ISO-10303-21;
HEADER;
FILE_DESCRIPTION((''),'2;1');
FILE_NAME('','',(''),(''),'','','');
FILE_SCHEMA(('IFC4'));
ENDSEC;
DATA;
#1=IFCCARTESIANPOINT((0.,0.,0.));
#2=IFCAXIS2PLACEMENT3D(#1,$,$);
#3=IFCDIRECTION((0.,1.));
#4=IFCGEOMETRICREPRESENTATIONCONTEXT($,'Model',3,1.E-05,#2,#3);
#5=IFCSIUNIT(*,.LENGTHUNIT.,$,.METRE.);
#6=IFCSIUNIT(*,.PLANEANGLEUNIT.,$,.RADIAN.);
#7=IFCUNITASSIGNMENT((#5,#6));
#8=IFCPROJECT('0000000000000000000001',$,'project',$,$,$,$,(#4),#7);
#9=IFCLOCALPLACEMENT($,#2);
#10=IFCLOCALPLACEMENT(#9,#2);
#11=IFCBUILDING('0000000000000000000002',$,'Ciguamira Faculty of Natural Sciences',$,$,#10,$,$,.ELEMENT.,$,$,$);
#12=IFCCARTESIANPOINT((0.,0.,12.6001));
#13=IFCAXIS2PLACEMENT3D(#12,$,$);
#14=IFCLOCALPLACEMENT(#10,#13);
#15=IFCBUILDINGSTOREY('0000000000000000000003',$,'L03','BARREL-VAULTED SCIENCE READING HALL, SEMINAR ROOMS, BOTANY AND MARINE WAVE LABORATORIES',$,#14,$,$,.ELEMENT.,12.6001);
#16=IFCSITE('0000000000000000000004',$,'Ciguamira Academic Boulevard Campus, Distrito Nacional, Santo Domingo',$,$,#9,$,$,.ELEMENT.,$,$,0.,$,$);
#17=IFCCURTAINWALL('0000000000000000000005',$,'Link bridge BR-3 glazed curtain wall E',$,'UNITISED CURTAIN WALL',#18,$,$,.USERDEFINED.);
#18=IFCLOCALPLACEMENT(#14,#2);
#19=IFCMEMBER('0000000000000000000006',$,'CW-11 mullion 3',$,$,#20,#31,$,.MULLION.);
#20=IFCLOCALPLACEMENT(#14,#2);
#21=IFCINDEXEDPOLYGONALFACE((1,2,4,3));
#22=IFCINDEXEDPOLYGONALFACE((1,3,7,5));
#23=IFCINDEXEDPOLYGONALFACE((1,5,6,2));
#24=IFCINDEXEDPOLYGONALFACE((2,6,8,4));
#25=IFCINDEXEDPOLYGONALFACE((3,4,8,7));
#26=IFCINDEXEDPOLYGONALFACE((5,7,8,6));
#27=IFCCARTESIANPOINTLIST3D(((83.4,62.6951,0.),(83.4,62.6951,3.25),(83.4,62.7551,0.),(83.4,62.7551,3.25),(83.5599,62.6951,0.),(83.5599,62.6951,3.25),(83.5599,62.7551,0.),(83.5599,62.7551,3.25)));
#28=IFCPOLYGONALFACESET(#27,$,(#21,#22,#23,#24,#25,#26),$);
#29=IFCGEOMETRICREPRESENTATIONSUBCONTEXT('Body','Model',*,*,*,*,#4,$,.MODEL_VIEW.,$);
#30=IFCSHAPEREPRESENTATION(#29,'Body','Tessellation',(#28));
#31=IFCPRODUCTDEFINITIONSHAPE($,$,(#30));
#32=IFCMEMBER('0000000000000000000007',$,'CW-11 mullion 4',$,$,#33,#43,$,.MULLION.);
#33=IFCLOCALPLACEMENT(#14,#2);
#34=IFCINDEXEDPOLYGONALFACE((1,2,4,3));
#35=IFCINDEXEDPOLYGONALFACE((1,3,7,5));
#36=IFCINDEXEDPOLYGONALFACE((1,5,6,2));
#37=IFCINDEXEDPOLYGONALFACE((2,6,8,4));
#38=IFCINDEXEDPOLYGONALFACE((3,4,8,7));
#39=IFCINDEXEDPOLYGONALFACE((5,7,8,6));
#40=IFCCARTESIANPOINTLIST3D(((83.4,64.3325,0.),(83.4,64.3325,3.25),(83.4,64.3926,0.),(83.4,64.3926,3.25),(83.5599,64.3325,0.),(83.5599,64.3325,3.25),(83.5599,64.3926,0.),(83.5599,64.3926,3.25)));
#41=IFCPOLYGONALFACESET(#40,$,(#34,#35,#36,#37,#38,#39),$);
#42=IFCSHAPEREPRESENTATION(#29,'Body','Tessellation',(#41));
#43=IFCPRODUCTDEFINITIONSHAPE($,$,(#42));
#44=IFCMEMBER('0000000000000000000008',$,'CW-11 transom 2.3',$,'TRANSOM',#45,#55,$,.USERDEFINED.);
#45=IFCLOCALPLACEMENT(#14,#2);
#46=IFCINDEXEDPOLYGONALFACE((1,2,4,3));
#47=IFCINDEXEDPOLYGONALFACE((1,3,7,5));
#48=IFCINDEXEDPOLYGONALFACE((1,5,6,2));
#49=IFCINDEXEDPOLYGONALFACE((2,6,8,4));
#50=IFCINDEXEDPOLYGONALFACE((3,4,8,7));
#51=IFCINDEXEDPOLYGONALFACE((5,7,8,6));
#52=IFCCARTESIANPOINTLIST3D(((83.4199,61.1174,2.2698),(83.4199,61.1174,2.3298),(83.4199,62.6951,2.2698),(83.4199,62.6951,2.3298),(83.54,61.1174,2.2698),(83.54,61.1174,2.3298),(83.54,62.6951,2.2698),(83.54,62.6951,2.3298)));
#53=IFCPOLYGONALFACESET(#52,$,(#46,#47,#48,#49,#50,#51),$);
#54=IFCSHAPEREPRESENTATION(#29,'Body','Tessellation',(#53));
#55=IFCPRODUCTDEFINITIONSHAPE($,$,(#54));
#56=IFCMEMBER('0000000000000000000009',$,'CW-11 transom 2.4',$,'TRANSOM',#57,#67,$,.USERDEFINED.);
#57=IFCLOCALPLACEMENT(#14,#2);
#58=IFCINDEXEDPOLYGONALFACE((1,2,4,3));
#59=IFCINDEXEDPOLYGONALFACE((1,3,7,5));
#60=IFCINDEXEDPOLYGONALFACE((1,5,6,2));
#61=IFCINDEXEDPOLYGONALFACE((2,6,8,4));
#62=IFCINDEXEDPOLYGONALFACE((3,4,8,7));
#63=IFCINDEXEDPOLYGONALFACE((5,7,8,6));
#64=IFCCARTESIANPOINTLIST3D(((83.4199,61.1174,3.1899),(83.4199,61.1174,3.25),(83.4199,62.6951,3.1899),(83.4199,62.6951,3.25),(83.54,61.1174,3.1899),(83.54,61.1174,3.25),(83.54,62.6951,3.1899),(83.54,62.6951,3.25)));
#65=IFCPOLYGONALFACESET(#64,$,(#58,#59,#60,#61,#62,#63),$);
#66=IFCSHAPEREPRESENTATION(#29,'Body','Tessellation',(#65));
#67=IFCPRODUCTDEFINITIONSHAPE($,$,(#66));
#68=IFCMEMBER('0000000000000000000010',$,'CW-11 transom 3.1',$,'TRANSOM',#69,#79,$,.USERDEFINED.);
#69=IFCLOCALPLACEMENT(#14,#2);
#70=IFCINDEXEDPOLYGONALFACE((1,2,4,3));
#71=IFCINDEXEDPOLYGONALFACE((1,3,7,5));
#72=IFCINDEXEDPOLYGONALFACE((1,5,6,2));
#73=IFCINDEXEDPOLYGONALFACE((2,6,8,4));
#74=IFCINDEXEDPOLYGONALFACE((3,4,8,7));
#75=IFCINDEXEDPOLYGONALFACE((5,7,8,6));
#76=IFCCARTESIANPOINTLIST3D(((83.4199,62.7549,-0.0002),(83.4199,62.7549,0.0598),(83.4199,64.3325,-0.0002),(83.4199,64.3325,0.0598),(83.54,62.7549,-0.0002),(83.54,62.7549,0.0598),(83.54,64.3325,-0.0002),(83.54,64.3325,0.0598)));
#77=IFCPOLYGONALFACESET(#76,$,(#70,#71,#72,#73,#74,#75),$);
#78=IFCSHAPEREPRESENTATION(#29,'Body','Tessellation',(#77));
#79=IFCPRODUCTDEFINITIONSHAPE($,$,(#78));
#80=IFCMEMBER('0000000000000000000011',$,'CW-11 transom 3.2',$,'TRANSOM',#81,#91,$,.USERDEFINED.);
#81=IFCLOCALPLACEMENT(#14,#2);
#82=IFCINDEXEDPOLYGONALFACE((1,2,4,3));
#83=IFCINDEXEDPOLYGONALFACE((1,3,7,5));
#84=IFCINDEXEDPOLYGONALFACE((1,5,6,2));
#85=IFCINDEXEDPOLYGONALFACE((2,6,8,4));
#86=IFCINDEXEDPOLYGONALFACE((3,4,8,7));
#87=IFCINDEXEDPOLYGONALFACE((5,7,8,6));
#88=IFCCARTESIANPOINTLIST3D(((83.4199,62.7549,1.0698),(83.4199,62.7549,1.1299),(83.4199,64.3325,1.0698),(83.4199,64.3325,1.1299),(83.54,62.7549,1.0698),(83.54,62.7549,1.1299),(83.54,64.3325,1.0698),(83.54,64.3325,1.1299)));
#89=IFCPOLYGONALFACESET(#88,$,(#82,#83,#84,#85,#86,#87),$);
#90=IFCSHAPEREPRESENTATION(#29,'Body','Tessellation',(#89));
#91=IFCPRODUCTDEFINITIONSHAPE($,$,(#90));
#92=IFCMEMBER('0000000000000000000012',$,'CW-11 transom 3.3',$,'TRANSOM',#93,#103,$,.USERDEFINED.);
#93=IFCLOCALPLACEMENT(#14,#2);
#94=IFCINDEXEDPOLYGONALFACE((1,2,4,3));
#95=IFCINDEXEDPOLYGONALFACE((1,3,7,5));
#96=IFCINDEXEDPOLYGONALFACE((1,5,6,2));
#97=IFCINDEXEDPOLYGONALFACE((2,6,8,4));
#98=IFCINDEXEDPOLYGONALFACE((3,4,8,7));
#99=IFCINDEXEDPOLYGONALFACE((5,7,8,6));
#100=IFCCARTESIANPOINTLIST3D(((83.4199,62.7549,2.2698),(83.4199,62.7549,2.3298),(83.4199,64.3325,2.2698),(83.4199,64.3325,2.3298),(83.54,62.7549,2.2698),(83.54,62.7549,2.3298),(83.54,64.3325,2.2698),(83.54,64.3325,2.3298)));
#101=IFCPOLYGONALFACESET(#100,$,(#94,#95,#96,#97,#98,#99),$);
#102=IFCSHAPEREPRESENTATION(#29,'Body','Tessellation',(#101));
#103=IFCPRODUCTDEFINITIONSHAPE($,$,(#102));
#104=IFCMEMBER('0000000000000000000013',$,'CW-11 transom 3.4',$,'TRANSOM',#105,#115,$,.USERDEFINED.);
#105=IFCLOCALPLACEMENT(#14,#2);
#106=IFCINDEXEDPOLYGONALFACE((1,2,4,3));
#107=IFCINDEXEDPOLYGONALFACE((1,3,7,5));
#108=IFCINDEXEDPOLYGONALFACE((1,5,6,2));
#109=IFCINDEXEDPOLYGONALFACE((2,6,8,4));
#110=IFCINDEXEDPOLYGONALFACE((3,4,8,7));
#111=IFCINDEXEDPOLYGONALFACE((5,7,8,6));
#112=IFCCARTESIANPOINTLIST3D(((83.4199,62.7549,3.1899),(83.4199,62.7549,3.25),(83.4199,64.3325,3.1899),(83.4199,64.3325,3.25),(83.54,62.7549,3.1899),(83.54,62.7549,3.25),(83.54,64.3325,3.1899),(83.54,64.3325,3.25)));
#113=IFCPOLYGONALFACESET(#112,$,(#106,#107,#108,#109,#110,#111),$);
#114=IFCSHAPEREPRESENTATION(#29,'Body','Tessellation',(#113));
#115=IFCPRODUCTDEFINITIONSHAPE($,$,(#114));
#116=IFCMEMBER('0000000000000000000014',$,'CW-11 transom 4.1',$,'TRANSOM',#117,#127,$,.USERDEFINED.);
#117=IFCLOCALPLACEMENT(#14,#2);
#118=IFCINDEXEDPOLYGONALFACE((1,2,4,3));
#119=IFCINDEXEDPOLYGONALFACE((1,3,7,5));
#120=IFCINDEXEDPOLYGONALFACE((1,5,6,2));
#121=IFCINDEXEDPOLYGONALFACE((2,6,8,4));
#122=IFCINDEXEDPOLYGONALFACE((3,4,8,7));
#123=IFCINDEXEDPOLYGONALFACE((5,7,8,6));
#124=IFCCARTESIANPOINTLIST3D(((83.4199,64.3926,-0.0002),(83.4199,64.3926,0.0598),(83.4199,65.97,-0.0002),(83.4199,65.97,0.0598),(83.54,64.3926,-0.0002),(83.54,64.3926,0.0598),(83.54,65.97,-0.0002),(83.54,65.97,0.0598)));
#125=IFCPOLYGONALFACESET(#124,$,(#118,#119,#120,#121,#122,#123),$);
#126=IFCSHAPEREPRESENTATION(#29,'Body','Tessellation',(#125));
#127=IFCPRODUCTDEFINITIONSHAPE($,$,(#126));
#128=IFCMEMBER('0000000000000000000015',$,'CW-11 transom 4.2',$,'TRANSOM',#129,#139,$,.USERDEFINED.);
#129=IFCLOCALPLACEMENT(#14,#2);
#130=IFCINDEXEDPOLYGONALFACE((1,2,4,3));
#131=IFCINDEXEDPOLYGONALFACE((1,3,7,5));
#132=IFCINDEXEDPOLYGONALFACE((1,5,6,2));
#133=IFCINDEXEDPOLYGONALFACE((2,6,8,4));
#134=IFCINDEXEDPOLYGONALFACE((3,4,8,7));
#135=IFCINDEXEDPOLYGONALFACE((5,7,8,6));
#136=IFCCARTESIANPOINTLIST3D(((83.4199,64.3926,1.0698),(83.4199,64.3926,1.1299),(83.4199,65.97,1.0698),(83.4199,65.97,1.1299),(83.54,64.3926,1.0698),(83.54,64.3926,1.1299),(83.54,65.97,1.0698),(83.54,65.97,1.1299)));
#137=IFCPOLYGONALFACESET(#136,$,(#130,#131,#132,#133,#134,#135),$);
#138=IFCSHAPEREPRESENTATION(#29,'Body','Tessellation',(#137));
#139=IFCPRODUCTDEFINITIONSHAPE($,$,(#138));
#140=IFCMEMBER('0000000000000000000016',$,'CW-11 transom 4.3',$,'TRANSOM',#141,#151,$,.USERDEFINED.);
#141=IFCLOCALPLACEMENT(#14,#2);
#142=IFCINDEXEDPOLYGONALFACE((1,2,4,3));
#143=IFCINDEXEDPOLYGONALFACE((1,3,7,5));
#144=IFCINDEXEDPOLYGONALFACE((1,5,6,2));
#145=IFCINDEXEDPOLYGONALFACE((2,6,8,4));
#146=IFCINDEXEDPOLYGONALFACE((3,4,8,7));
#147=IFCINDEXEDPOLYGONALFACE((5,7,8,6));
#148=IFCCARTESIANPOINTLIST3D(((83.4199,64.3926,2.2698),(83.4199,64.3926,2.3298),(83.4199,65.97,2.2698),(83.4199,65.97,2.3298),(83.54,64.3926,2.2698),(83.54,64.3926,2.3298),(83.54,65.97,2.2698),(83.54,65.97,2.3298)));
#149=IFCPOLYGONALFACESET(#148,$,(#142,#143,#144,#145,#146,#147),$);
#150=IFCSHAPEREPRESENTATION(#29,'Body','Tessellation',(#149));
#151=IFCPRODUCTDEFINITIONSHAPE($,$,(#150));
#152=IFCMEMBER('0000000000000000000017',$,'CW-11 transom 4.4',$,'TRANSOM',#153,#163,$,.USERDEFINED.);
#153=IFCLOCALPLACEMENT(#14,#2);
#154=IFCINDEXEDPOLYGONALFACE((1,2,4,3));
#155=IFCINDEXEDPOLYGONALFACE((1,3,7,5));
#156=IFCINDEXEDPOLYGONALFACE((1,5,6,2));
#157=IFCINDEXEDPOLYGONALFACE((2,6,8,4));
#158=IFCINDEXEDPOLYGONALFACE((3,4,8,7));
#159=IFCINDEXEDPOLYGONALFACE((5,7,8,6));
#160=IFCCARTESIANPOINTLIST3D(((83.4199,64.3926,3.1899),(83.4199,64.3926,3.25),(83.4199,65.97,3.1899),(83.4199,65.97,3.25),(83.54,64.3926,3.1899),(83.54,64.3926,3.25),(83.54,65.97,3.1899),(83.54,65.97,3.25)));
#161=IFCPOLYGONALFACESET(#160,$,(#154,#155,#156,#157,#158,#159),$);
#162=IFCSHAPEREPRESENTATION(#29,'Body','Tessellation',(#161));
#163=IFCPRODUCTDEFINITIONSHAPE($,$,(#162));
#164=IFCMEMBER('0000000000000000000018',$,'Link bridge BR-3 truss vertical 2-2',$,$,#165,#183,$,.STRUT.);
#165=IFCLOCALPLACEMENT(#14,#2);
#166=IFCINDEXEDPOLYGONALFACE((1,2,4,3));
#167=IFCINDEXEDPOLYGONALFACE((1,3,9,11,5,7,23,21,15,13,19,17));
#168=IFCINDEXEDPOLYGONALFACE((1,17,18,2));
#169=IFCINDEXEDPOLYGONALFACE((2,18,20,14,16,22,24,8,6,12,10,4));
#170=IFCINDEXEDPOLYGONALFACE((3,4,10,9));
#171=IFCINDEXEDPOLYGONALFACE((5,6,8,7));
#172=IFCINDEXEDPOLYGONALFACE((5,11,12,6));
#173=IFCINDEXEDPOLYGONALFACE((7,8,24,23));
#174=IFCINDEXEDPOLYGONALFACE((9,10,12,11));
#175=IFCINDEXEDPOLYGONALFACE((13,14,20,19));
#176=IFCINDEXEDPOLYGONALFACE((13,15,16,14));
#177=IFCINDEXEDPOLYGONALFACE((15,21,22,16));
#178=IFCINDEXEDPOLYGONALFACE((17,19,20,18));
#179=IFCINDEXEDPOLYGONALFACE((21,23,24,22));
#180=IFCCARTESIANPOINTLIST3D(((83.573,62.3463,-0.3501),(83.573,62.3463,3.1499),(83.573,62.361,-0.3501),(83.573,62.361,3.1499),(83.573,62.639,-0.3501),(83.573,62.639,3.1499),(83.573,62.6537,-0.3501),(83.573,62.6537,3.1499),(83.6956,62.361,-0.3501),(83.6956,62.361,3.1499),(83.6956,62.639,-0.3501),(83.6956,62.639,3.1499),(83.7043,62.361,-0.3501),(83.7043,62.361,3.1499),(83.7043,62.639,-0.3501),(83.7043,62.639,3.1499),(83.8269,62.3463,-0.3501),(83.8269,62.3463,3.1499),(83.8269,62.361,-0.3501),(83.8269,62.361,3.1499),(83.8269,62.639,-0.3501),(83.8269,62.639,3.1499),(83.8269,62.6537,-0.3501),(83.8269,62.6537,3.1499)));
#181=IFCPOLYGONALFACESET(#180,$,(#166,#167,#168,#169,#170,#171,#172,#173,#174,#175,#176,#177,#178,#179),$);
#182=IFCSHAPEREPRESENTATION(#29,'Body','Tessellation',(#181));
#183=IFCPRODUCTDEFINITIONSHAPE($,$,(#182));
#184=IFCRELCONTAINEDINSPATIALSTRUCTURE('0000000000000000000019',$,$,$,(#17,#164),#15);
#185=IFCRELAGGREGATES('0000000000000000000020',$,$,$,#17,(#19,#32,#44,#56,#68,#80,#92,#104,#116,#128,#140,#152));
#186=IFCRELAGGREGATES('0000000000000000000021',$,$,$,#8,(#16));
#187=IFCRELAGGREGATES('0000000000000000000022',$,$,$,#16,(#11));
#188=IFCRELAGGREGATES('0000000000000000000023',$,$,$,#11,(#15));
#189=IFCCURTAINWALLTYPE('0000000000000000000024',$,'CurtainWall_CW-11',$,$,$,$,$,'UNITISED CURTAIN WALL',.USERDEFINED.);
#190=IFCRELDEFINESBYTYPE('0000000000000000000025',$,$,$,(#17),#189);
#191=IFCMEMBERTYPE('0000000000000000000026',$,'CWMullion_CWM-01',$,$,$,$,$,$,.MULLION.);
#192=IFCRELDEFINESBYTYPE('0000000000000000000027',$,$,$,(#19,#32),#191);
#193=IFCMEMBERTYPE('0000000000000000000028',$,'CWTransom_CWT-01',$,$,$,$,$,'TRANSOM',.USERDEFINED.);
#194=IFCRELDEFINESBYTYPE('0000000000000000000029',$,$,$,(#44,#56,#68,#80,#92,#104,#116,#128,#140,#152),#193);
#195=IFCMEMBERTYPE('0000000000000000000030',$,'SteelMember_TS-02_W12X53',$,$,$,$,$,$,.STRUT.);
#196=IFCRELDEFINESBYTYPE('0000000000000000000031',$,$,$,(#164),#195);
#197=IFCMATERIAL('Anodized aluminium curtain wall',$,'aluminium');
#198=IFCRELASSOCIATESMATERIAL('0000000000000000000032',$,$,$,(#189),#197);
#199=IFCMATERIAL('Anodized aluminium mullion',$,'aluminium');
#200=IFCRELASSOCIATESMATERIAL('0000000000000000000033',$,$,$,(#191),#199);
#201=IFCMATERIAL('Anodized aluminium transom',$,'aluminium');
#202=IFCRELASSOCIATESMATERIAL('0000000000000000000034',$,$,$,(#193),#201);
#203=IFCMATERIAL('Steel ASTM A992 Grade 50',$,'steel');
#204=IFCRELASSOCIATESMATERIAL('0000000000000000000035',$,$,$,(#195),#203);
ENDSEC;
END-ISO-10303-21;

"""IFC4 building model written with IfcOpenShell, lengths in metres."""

from ifc_helpers import new_model, si_unit, direction, frame, origin, origin_2d, place, context, subcontext, project, spatial, rectangle, i_section, extrude, material, material_profile, profile_set, type_object, element, aggregate, save


model = new_model("IFC4")

# Units and contexts
model_context = context("Model", 3, precision=1e-05, world=origin(), true_north=direction((0.0, 1.0)))
body_context = subcontext(model_context, "Body", "Model", "MODEL_VIEW")
ifc_project = project(units=[si_unit("LENGTHUNIT", "METRE"), si_unit("PLANEANGLEUNIT", "RADIAN")], contexts=[model_context])

# Site, building, storey
site_placement = place(None, origin())
site = spatial("IfcSite", under=ifc_project, at=site_placement, Name="Ciguamira Academic Boulevard Campus, Distrito Nacional, Santo Domingo", CompositionType="ELEMENT", RefElevation=0.0)
building_placement = place(site_placement, origin())
building = spatial("IfcBuilding", under=site, at=building_placement, Name="Ciguamira Faculty of Natural Sciences", CompositionType="ELEMENT")
storey_placement = place(building_placement, frame((0.0, 0.0, 12.6001)))
storey = spatial("IfcBuildingStorey", under=building, at=storey_placement, Name="L03", Description="BARREL-VAULTED SCIENCE READING HALL, SEMINAR ROOMS, BOTANY AND MARINE WAVE LABORATORIES", CompositionType="ELEMENT", Elevation=12.6001)

# Curtain wall, members
ifc_material_1 = material(Name="Anodized aluminium curtain wall", Category="aluminium")
curtain_wall_type = type_object("IfcCurtainWallType", Name="CurtainWall_CW-11", ElementType="UNITISED CURTAIN WALL", PredefinedType="USERDEFINED", material=ifc_material_1)
curtain_wall_placement = place(storey_placement, origin())
curtain_wall = element("IfcCurtainWall", 1, at=curtain_wall_placement, inside=storey, type_object=curtain_wall_type, Name="Link bridge BR-3 glazed curtain wall E", ObjectType="UNITISED CURTAIN WALL", PredefinedType="USERDEFINED")
ifc_material_2 = material(Name="Anodized aluminium mullion", Category="aluminium")
ifc_material_profile_1 = material_profile(ifc_material_2, rectangle(XDim=0.0601, YDim=0.1599, at=origin_2d()), Name="ALU-MUL-60X160")
ifc_profile_set_1 = profile_set([ifc_material_profile_1], Name="Anodized aluminium mullion")
member_type_1 = type_object("IfcMemberType", Name="CWMullion_CWM-01", PredefinedType="MULLION", material=ifc_profile_set_1)
member_1_placement = place(storey_placement, frame((83.48, 62.7251, 0.0), z_axis=(0.0, 0.0, 1.0), x_axis=(0.0, 1.0, 0.0)))
member_1 = element("IfcMember", 2, at=member_1_placement, type_object=member_type_1, Name="CW-11 mullion 3", PredefinedType="MULLION", context=body_context, shape_type="SweptSolid", body=[
    extrude(rectangle(XDim=0.0601, YDim=0.1599, at=origin_2d()), origin(), (0.0, 0.0, 1.0), 3.25),
])
member_2_placement = place(storey_placement, frame((83.48, 64.3625, 0.0), z_axis=(0.0, 0.0, 1.0), x_axis=(0.0, 1.0, 0.0)))
member_2 = element("IfcMember", 3, at=member_2_placement, type_object=member_type_1, Name="CW-11 mullion 4", PredefinedType="MULLION", context=body_context, shape_type="SweptSolid", body=[
    extrude(rectangle(XDim=0.0601, YDim=0.1599, at=origin_2d()), origin(), (0.0, 0.0, 1.0), 3.25),
])
ifc_material_3 = material(Name="Anodized aluminium transom", Category="aluminium")
ifc_material_profile_2 = material_profile(ifc_material_3, rectangle(XDim=0.0601, YDim=0.1201, at=origin_2d()), Name="ALU-TRN-60X120")
ifc_profile_set_2 = profile_set([ifc_material_profile_2], Name="Anodized aluminium transom")
member_type_2 = type_object("IfcMemberType", Name="CWTransom_CWT-01", ElementType="TRANSOM", PredefinedType="USERDEFINED", material=ifc_profile_set_2)
member_3_placement = place(storey_placement, frame((83.48, 61.1174, 2.2998), z_axis=(0.0, 1.0, 0.0), x_axis=(0.0, 0.0, 1.0)))
member_3 = element("IfcMember", 4, at=member_3_placement, type_object=member_type_2, Name="CW-11 transom 2.3", ObjectType="TRANSOM", PredefinedType="USERDEFINED", context=body_context, shape_type="SweptSolid", body=[
    extrude(rectangle(XDim=0.0601, YDim=0.1201, at=origin_2d()), origin(), (0.0, 0.0, 1.0), 1.5776),
])
member_4_placement = place(storey_placement, frame((83.48, 61.1174, 3.22), z_axis=(0.0, 1.0, 0.0), x_axis=(0.0, 0.0, 1.0)))
member_4 = element("IfcMember", 5, at=member_4_placement, type_object=member_type_2, Name="CW-11 transom 2.4", ObjectType="TRANSOM", PredefinedType="USERDEFINED", context=body_context, shape_type="SweptSolid", body=[
    extrude(rectangle(XDim=0.0601, YDim=0.1201, at=origin_2d()), origin(), (0.0, 0.0, 1.0), 1.5776),
])
member_5_placement = place(storey_placement, frame((83.48, 62.7549, 0.0298), z_axis=(0.0, 1.0, 0.0), x_axis=(0.0, 0.0, 1.0)))
member_5 = element("IfcMember", 6, at=member_5_placement, type_object=member_type_2, Name="CW-11 transom 3.1", ObjectType="TRANSOM", PredefinedType="USERDEFINED", context=body_context, shape_type="SweptSolid", body=[
    extrude(rectangle(XDim=0.0601, YDim=0.1201, at=origin_2d()), origin(), (0.0, 0.0, 1.0), 1.5776),
])
member_6_placement = place(storey_placement, frame((83.48, 62.7549, 1.0999), z_axis=(0.0, 1.0, 0.0), x_axis=(0.0, 0.0, 1.0)))
member_6 = element("IfcMember", 7, at=member_6_placement, type_object=member_type_2, Name="CW-11 transom 3.2", ObjectType="TRANSOM", PredefinedType="USERDEFINED", context=body_context, shape_type="SweptSolid", body=[
    extrude(rectangle(XDim=0.0601, YDim=0.1201, at=origin_2d()), origin(), (0.0, 0.0, 1.0), 1.5776),
])
member_7_placement = place(storey_placement, frame((83.48, 62.7549, 2.2998), z_axis=(0.0, 1.0, 0.0), x_axis=(0.0, 0.0, 1.0)))
member_7 = element("IfcMember", 8, at=member_7_placement, type_object=member_type_2, Name="CW-11 transom 3.3", ObjectType="TRANSOM", PredefinedType="USERDEFINED", context=body_context, shape_type="SweptSolid", body=[
    extrude(rectangle(XDim=0.0601, YDim=0.1201, at=origin_2d()), origin(), (0.0, 0.0, 1.0), 1.5776),
])
member_8_placement = place(storey_placement, frame((83.48, 62.7549, 3.22), z_axis=(0.0, 1.0, 0.0), x_axis=(0.0, 0.0, 1.0)))
member_8 = element("IfcMember", 9, at=member_8_placement, type_object=member_type_2, Name="CW-11 transom 3.4", ObjectType="TRANSOM", PredefinedType="USERDEFINED", context=body_context, shape_type="SweptSolid", body=[
    extrude(rectangle(XDim=0.0601, YDim=0.1201, at=origin_2d()), origin(), (0.0, 0.0, 1.0), 1.5776),
])
member_9_placement = place(storey_placement, frame((83.48, 64.3926, 0.0298), z_axis=(0.0, 1.0, 0.0), x_axis=(0.0, 0.0, 1.0)))
member_9 = element("IfcMember", 10, at=member_9_placement, type_object=member_type_2, Name="CW-11 transom 4.1", ObjectType="TRANSOM", PredefinedType="USERDEFINED", context=body_context, shape_type="SweptSolid", body=[
    extrude(rectangle(XDim=0.0601, YDim=0.1201, at=origin_2d()), origin(), (0.0, 0.0, 1.0), 1.5774),
])
member_10_placement = place(storey_placement, frame((83.48, 64.3926, 1.0999), z_axis=(0.0, 1.0, 0.0), x_axis=(0.0, 0.0, 1.0)))
member_10 = element("IfcMember", 11, at=member_10_placement, type_object=member_type_2, Name="CW-11 transom 4.2", ObjectType="TRANSOM", PredefinedType="USERDEFINED", context=body_context, shape_type="SweptSolid", body=[
    extrude(rectangle(XDim=0.0601, YDim=0.1201, at=origin_2d()), origin(), (0.0, 0.0, 1.0), 1.5774),
])
member_11_placement = place(storey_placement, frame((83.48, 64.3926, 2.2998), z_axis=(0.0, 1.0, 0.0), x_axis=(0.0, 0.0, 1.0)))
member_11 = element("IfcMember", 12, at=member_11_placement, type_object=member_type_2, Name="CW-11 transom 4.3", ObjectType="TRANSOM", PredefinedType="USERDEFINED", context=body_context, shape_type="SweptSolid", body=[
    extrude(rectangle(XDim=0.0601, YDim=0.1201, at=origin_2d()), origin(), (0.0, 0.0, 1.0), 1.5774),
])
member_12_placement = place(storey_placement, frame((83.48, 64.3926, 3.22), z_axis=(0.0, 1.0, 0.0), x_axis=(0.0, 0.0, 1.0)))
member_12 = element("IfcMember", 13, at=member_12_placement, type_object=member_type_2, Name="CW-11 transom 4.4", ObjectType="TRANSOM", PredefinedType="USERDEFINED", context=body_context, shape_type="SweptSolid", body=[
    extrude(rectangle(XDim=0.0601, YDim=0.1201, at=origin_2d()), origin(), (0.0, 0.0, 1.0), 1.5774),
])

# Member
ifc_material_4 = material(Name="Steel ASTM A992 Grade 50", Category="steel")
ifc_material_profile_3 = material_profile(ifc_material_4, i_section(OverallWidth=0.2539, OverallDepth=0.3074, WebThickness=0.0088, FlangeThickness=0.0146, at=origin_2d()), Name="W12X53")
ifc_profile_set_3 = profile_set([ifc_material_profile_3], Name="Steel ASTM A992 Grade 50")
member_type_3 = type_object("IfcMemberType", Name="SteelMember_TS-02_W12X53", PredefinedType="STRUT", material=ifc_profile_set_3)
member_13_placement = place(storey_placement, frame((83.7, 62.5, -0.3501), z_axis=(0.0, 0.0, 1.0), x_axis=(1.0, 0.0, 0.0)))
element("IfcMember", 14, at=member_13_placement, inside=storey, type_object=member_type_3, Name="Link bridge BR-3 truss vertical 2-2", PredefinedType="STRUT", context=body_context, shape_type="SweptSolid", body=[
    extrude(i_section(OverallWidth=0.2539, OverallDepth=0.3074, WebThickness=0.0088, FlangeThickness=0.0146, at=origin_2d()), origin(), (0.0, 0.0, 1.0), 3.5),
])

aggregate(curtain_wall, [member_1, member_2, member_3, member_4, member_5, member_6, member_7, member_8, member_9, member_10, member_11, member_12])

save(model, "model.ifc")
